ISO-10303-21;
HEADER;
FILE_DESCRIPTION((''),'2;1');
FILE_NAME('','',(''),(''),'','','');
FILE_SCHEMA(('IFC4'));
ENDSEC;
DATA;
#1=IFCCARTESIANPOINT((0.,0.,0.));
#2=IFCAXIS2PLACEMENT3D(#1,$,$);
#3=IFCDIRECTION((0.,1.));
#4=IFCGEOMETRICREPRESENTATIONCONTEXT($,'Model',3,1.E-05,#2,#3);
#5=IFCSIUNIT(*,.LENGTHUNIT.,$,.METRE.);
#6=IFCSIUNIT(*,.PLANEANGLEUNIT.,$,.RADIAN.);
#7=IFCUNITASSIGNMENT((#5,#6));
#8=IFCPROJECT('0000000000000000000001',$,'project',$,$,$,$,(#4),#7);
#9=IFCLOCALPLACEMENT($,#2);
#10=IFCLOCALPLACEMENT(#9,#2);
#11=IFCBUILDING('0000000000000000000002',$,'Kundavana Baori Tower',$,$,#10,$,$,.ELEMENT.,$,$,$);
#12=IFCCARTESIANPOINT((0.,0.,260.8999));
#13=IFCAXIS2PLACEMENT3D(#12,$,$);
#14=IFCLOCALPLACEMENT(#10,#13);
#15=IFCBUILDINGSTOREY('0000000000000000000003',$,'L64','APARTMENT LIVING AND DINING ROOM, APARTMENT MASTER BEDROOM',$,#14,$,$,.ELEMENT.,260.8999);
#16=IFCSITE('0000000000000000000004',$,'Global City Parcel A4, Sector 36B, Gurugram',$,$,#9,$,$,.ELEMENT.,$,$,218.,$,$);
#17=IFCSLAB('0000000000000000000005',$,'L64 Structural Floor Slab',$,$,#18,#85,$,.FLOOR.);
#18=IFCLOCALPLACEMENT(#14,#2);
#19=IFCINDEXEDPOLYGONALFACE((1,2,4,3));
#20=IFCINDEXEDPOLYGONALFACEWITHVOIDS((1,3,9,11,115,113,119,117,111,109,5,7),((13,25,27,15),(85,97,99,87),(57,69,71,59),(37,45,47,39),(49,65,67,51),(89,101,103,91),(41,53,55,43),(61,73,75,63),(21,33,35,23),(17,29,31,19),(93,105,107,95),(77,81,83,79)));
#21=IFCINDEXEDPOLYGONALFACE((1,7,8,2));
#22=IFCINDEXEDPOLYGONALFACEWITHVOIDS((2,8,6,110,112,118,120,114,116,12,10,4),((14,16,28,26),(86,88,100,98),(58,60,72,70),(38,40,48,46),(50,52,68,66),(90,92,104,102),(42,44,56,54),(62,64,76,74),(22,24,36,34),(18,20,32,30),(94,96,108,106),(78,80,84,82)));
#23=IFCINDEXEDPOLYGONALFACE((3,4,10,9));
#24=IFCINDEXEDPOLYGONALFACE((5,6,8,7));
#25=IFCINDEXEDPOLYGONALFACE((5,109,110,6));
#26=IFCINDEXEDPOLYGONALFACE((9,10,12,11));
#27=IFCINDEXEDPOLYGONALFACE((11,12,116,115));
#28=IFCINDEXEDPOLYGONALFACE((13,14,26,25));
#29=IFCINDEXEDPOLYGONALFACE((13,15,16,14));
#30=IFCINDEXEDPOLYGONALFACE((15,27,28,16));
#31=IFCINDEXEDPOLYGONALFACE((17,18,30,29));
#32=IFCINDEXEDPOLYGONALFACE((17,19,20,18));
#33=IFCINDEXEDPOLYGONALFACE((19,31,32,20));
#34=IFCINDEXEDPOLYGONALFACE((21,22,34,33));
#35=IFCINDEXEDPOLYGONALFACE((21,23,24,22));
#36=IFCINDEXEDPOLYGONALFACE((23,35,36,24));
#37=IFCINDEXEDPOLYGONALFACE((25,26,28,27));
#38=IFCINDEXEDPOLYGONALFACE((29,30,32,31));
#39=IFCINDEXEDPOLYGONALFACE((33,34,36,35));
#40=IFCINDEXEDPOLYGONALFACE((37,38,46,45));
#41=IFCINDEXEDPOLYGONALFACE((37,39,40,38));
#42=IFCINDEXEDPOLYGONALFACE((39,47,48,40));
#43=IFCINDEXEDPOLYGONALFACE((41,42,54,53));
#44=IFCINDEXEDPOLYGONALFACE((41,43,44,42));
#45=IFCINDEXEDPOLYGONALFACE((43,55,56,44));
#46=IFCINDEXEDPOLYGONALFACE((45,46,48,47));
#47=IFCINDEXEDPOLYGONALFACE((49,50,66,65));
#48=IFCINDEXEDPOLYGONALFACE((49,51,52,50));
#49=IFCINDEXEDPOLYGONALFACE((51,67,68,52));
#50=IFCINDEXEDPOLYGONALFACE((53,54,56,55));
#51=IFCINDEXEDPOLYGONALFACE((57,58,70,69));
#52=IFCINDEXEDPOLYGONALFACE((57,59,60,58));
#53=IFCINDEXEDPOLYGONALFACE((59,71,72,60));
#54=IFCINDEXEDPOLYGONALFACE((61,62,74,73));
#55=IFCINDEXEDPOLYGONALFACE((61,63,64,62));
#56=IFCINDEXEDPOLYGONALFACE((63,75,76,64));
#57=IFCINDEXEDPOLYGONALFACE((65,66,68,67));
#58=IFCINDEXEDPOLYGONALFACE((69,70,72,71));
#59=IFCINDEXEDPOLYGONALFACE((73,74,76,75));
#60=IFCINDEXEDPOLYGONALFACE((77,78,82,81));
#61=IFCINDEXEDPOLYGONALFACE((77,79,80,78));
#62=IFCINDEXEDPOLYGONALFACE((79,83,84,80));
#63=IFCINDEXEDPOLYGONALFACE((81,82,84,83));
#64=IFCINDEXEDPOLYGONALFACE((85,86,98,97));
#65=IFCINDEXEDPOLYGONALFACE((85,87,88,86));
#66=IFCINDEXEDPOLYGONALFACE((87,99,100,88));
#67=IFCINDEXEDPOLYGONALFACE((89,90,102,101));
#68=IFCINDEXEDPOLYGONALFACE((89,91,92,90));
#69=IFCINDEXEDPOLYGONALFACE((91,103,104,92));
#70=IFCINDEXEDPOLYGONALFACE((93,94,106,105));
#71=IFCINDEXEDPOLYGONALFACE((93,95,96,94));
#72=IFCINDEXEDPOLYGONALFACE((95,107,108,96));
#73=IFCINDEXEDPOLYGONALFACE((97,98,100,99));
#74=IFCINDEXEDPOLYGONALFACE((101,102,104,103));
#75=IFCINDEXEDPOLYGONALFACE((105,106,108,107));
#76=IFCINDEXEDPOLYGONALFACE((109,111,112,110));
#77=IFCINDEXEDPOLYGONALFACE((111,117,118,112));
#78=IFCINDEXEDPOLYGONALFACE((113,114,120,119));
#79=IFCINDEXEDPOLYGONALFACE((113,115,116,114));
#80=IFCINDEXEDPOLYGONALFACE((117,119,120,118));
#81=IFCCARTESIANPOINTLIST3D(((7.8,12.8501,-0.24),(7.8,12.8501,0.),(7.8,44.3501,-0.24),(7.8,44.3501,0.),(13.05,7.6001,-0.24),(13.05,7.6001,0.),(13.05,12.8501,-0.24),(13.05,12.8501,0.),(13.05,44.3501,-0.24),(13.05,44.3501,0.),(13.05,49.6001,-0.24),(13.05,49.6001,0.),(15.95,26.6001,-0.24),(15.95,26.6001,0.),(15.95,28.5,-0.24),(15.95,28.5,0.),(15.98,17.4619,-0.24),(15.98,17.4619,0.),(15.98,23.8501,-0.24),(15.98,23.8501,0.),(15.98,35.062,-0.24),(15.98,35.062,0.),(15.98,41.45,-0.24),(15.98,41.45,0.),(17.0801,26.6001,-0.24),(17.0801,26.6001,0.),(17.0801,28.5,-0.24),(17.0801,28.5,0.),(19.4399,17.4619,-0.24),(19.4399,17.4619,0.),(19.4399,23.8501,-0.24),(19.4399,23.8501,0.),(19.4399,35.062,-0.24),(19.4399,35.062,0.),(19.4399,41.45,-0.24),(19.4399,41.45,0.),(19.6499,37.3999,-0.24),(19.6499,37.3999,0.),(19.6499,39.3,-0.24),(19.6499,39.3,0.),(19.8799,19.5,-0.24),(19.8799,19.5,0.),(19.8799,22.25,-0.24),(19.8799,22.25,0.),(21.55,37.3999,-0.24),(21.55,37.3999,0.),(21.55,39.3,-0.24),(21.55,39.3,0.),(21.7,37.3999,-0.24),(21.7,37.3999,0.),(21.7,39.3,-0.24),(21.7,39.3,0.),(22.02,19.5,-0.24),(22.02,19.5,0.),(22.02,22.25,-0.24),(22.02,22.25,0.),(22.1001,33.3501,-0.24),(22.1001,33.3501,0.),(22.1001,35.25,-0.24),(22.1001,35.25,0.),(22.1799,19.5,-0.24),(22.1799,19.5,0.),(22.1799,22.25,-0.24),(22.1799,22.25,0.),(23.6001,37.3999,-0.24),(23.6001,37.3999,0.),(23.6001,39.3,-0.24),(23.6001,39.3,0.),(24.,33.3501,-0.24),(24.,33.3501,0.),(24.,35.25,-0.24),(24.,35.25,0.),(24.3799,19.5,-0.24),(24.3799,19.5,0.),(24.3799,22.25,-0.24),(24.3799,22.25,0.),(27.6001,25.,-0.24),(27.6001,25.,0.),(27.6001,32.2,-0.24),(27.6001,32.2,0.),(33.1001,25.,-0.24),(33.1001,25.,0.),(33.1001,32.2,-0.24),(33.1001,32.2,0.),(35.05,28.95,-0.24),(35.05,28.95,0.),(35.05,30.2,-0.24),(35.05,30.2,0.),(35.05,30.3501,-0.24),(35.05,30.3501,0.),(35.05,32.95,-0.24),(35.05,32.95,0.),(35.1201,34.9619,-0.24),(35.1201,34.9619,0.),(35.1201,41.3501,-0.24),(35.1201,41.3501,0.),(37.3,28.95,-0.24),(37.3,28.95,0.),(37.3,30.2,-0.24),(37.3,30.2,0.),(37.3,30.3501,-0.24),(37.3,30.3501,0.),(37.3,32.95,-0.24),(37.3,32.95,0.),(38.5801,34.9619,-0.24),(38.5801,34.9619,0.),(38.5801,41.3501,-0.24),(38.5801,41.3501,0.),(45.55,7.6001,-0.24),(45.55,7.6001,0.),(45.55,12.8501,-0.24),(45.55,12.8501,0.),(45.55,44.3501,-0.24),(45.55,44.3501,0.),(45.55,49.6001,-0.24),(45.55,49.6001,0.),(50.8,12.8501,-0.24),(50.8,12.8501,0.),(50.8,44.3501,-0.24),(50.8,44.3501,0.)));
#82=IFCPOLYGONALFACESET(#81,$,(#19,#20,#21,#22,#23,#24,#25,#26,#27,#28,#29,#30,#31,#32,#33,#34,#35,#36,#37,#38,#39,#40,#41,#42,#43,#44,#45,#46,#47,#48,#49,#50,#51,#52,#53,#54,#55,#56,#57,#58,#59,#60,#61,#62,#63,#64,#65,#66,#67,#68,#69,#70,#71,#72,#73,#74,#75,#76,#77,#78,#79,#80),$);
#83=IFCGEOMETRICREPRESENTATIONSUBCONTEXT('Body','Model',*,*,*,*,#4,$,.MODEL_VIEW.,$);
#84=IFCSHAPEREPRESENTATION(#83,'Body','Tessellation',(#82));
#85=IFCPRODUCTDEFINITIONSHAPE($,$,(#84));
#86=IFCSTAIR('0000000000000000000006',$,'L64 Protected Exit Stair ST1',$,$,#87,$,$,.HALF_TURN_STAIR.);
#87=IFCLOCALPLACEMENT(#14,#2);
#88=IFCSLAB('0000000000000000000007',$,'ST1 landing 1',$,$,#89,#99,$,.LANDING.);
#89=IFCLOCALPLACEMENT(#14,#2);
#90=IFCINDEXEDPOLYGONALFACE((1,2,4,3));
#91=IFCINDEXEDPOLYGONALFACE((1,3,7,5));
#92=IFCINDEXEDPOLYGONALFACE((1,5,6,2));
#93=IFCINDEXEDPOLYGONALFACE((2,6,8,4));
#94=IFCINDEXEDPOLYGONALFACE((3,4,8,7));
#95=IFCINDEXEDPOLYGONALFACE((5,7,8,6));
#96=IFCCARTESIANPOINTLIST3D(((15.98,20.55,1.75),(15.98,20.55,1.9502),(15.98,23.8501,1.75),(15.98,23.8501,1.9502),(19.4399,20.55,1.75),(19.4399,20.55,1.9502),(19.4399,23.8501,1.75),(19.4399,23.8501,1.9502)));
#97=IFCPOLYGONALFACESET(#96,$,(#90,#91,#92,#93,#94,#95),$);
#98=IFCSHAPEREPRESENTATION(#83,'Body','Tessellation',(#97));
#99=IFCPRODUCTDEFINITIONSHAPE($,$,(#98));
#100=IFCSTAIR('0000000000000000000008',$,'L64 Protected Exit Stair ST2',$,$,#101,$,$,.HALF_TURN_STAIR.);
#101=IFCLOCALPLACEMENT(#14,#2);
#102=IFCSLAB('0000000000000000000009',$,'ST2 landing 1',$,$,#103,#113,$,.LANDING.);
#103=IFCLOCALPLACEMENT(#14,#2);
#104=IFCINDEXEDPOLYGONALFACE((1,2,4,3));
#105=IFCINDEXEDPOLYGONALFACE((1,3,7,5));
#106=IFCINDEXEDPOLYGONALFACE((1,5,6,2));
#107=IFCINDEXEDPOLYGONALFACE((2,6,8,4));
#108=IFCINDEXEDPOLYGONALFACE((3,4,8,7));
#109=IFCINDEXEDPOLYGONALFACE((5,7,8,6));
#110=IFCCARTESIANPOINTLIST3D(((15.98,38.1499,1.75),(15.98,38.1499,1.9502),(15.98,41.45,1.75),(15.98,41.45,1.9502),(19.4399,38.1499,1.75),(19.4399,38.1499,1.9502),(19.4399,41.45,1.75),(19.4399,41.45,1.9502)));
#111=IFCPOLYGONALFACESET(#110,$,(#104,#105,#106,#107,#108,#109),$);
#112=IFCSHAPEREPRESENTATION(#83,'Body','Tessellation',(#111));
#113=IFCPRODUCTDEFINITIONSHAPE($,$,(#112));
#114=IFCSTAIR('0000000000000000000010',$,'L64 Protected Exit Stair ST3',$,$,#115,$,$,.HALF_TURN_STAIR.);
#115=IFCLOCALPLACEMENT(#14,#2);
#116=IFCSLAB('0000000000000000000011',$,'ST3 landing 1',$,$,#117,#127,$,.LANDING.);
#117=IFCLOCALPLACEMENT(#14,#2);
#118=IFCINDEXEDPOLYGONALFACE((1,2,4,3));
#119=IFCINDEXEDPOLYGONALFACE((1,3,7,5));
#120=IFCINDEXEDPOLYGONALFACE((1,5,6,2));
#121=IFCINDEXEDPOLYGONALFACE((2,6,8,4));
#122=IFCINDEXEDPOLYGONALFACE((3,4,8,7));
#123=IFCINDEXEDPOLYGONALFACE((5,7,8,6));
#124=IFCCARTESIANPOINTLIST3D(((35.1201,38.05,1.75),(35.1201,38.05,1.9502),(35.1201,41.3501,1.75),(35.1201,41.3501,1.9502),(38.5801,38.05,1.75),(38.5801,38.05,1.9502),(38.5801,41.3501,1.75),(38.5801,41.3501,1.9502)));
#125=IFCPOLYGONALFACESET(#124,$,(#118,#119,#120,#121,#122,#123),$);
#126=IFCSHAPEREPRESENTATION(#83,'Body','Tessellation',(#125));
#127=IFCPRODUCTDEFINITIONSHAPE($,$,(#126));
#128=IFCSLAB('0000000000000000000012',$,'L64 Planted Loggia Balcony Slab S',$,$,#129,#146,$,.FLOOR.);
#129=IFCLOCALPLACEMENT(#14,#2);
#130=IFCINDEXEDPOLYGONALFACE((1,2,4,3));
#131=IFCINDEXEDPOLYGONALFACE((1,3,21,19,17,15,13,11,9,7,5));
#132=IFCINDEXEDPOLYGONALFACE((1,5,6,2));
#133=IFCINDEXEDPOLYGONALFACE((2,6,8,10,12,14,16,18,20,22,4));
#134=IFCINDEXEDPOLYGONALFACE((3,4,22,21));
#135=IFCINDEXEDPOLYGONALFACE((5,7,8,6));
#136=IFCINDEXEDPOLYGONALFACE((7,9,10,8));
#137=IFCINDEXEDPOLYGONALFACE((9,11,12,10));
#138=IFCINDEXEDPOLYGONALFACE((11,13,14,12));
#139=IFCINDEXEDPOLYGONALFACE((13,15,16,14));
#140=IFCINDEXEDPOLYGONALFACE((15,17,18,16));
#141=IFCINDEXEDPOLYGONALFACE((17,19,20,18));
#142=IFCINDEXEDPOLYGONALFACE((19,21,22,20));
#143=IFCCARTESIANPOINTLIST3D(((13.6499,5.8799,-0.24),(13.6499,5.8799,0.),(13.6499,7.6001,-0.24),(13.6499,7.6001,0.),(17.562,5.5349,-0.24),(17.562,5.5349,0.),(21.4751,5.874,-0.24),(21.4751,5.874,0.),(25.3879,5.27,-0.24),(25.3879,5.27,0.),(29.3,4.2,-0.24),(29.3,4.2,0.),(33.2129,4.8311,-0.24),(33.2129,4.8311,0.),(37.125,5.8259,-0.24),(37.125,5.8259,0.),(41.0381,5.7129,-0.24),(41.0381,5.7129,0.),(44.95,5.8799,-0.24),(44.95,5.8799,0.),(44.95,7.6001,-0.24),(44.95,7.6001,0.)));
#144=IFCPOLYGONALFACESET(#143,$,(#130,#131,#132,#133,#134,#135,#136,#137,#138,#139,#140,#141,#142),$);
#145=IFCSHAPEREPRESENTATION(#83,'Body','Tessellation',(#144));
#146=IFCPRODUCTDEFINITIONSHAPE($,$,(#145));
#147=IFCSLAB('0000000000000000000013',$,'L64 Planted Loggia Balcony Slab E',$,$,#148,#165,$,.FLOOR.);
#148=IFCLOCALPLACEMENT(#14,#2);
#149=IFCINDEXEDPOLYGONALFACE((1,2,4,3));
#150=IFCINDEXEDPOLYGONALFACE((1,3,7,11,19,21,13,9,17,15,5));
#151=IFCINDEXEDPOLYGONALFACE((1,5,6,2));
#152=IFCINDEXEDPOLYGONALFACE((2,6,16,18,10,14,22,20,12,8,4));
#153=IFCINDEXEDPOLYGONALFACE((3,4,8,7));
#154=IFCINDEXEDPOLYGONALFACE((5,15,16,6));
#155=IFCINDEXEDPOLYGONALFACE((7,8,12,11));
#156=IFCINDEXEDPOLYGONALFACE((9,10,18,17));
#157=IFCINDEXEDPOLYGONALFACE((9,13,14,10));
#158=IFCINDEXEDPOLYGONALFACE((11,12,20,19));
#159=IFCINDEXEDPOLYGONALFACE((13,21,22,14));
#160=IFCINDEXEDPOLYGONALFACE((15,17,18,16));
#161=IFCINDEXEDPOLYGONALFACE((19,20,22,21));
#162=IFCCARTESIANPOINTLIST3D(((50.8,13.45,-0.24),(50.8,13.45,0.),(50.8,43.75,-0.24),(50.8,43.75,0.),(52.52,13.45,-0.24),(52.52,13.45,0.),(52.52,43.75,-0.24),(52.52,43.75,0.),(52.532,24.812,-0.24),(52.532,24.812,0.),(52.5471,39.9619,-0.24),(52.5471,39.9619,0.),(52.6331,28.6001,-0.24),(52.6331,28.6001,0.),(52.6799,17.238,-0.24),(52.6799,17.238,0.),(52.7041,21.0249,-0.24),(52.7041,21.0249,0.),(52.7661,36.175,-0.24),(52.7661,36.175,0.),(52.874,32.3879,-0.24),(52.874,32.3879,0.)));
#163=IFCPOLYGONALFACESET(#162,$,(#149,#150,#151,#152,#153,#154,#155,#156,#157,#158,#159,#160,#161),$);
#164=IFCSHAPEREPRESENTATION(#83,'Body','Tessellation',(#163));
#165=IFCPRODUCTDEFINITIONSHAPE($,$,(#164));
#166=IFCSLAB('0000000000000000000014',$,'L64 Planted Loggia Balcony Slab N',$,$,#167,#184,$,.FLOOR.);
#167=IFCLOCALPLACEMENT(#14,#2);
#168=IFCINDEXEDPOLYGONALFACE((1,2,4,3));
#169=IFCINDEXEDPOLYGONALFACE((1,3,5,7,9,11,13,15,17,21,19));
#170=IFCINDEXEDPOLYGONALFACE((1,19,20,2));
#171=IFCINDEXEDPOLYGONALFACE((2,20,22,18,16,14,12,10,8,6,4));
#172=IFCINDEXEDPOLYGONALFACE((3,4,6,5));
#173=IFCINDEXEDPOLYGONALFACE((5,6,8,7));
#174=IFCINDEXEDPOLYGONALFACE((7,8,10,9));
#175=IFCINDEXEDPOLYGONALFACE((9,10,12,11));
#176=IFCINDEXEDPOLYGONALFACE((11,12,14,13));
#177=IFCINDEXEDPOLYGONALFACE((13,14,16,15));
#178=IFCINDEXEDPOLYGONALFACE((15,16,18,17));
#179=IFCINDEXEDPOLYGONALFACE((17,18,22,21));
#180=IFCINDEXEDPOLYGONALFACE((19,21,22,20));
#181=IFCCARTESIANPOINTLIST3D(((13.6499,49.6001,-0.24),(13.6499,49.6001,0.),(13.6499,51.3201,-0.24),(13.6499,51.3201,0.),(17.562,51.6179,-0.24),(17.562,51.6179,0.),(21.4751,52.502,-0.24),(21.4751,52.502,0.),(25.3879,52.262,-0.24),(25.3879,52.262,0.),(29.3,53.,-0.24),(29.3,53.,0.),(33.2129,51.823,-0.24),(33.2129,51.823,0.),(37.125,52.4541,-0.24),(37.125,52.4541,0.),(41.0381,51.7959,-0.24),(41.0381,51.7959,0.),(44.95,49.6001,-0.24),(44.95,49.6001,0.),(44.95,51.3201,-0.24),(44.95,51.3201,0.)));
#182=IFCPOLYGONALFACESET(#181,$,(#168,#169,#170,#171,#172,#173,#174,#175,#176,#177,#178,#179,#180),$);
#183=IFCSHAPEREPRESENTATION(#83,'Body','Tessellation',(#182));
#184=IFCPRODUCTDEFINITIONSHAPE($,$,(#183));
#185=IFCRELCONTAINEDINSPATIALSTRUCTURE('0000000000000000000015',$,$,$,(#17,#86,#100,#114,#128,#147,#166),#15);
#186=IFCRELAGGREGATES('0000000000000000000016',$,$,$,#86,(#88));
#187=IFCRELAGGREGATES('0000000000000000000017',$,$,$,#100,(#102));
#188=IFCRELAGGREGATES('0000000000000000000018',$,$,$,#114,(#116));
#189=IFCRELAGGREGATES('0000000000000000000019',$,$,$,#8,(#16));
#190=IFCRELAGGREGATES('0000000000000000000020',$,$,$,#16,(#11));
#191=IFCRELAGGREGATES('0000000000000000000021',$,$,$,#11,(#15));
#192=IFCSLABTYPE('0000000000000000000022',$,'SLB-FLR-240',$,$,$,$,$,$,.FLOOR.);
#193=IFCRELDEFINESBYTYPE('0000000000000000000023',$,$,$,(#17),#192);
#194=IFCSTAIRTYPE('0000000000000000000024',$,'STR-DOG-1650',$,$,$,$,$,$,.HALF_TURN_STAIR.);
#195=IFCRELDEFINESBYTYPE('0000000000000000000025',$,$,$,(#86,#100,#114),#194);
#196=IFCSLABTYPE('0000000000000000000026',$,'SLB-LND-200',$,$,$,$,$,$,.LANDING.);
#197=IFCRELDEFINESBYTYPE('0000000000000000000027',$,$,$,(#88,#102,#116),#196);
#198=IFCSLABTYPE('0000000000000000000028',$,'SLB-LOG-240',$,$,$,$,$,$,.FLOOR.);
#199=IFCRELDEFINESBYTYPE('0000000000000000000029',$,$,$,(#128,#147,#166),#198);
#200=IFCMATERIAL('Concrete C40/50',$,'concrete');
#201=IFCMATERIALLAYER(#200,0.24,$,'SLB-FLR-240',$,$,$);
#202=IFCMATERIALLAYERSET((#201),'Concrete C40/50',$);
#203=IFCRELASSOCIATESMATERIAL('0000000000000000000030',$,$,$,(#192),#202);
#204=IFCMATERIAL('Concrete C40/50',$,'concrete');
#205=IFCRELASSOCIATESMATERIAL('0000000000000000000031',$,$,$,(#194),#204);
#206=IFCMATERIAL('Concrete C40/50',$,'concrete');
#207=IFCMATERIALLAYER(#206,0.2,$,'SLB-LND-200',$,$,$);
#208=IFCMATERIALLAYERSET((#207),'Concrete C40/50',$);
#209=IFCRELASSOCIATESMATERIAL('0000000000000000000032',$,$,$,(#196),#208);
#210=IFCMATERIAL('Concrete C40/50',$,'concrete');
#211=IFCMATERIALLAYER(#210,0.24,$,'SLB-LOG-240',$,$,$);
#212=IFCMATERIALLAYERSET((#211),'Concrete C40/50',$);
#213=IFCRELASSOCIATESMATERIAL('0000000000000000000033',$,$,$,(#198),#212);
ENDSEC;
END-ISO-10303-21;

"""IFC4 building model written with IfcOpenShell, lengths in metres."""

from ifc_helpers import new_model, si_unit, direction, frame, origin, place, context, subcontext, project, spatial, polyline, outline, extrude, material, layer, layer_set, type_object, element, aggregate, save


model = new_model("IFC4")

# Units and contexts
model_context = context("Model", 3, precision=1e-05, world=origin(), true_north=direction((0.0, 1.0)))
body_context = subcontext(model_context, "Body", "Model", "MODEL_VIEW")
ifc_project = project(units=[si_unit("LENGTHUNIT", "METRE"), si_unit("PLANEANGLEUNIT", "RADIAN")], contexts=[model_context])

# Site, building, storey
site_placement = place(None, origin())
site = spatial("IfcSite", under=ifc_project, at=site_placement, Name="Global City Parcel A4, Sector 36B, Gurugram", CompositionType="ELEMENT", RefElevation=218.0)
building_placement = place(site_placement, origin())
building = spatial("IfcBuilding", under=site, at=building_placement, Name="Kundavana Baori Tower", CompositionType="ELEMENT")
storey_placement = place(building_placement, frame((0.0, 0.0, 260.8999)))
storey = spatial("IfcBuildingStorey", under=building, at=storey_placement, Name="L64", Description="APARTMENT LIVING AND DINING ROOM, APARTMENT MASTER BEDROOM", CompositionType="ELEMENT", Elevation=260.8999)

# Slab
ifc_material_1 = material(Name="Concrete C40/50", Category="concrete")
ifc_layer_1 = layer(ifc_material_1, 0.24, Name="SLB-FLR-240")
ifc_layer_set_1 = layer_set([ifc_layer_1], Name="Concrete C40/50")
slab_type_1 = type_object("IfcSlabType", Name="SLB-FLR-240", PredefinedType="FLOOR", material=ifc_layer_set_1)
slab_1_placement = place(storey_placement, frame((0.0, 0.0, -0.24)))
element("IfcSlab", 1, at=slab_1_placement, inside=storey, type_object=slab_type_1, Name="L64 Structural Floor Slab", PredefinedType="FLOOR", context=body_context, shape_type="SweptSolid", body=[
    extrude(outline(polyline([(13.05, 7.6001), (45.55, 7.6001), (45.55, 12.8501), (50.8, 12.8501), (50.8, 44.3501), (45.55, 44.3501), (45.55, 49.6001), (13.05, 49.6001), (13.05, 44.3501), (7.8, 44.3501), (7.8, 12.8501), (13.05, 12.8501), (13.05, 7.6001)]), holes=[polyline([(19.4399, 17.4619), (19.4399, 23.8501), (15.98, 23.8501), (15.98, 17.4619), (19.4399, 17.4619)]), polyline([(19.4399, 35.062), (19.4399, 41.45), (15.98, 41.45), (15.98, 35.062), (19.4399, 35.062)]), polyline([(38.5801, 34.9619), (38.5801, 41.3501), (35.1201, 41.3501), (35.1201, 34.9619), (38.5801, 34.9619)]), polyline([(19.6499, 37.3999), (21.55, 37.3999), (21.55, 39.3), (19.6499, 39.3), (19.6499, 37.3999)]), polyline([(21.7, 37.3999), (23.6001, 37.3999), (23.6001, 39.3), (21.7, 39.3), (21.7, 37.3999)]), polyline([(22.1001, 33.3501), (24.0, 33.3501), (24.0, 35.25), (22.1001, 35.25), (22.1001, 33.3501)]), polyline([(19.8799, 19.5), (22.02, 19.5), (22.02, 22.25), (19.8799, 22.25), (19.8799, 19.5)]), polyline([(22.1799, 19.5), (24.3799, 19.5), (24.3799, 22.25), (22.1799, 22.25), (22.1799, 19.5)]), polyline([(35.05, 30.3501), (37.3, 30.3501), (37.3, 32.95), (35.05, 32.95), (35.05, 30.3501)]), polyline([(15.95, 26.6001), (17.0801, 26.6001), (17.0801, 28.5), (15.95, 28.5), (15.95, 26.6001)]), polyline([(35.05, 28.95), (37.3, 28.95), (37.3, 30.2), (35.05, 30.2), (35.05, 28.95)]), polyline([(27.6001, 25.0), (33.1001, 25.0), (33.1001, 32.2), (27.6001, 32.2), (27.6001, 25.0)])]), origin(), (0.0, 0.0, 1.0), 0.24),
])

# Stairs, slabs
ifc_material_2 = material(Name="Concrete C40/50", Category="concrete")
stair_type = type_object("IfcStairType", Name="STR-DOG-1650", PredefinedType="HALF_TURN_STAIR", material=ifc_material_2)
stair_1_placement = place(storey_placement, origin())
stair_1 = element("IfcStair", 2, at=stair_1_placement, inside=storey, type_object=stair_type, Name="L64 Protected Exit Stair ST1", PredefinedType="HALF_TURN_STAIR")
ifc_material_3 = material(Name="Concrete C40/50", Category="concrete")
ifc_layer_2 = layer(ifc_material_3, 0.2, Name="SLB-LND-200")
ifc_layer_set_2 = layer_set([ifc_layer_2], Name="Concrete C40/50")
slab_type_2 = type_object("IfcSlabType", Name="SLB-LND-200", PredefinedType="LANDING", material=ifc_layer_set_2)
slab_2_placement = place(storey_placement, frame((0.0, 0.0, 1.75)))
slab_2 = element("IfcSlab", 3, at=slab_2_placement, type_object=slab_type_2, Name="ST1 landing 1", PredefinedType="LANDING", context=body_context, shape_type="SweptSolid", body=[
    extrude(outline(polyline([(19.4399, 20.55), (19.4399, 23.8501), (15.98, 23.8501), (15.98, 20.55), (19.4399, 20.55)])), origin(), (0.0, 0.0, 1.0), 0.2002),
])
aggregate(stair_1, [slab_2])
stair_2_placement = place(storey_placement, origin())
stair_2 = element("IfcStair", 4, at=stair_2_placement, inside=storey, type_object=stair_type, Name="L64 Protected Exit Stair ST2", PredefinedType="HALF_TURN_STAIR")
slab_3_placement = place(storey_placement, frame((0.0, 0.0, 1.75)))
slab_3 = element("IfcSlab", 5, at=slab_3_placement, type_object=slab_type_2, Name="ST2 landing 1", PredefinedType="LANDING", context=body_context, shape_type="SweptSolid", body=[
    extrude(outline(polyline([(19.4399, 38.1499), (19.4399, 41.45), (15.98, 41.45), (15.98, 38.1499), (19.4399, 38.1499)])), origin(), (0.0, 0.0, 1.0), 0.2002),
])
aggregate(stair_2, [slab_3])
stair_3_placement = place(storey_placement, origin())
stair_3 = element("IfcStair", 6, at=stair_3_placement, inside=storey, type_object=stair_type, Name="L64 Protected Exit Stair ST3", PredefinedType="HALF_TURN_STAIR")
slab_4_placement = place(storey_placement, frame((0.0, 0.0, 1.75)))
slab_4 = element("IfcSlab", 7, at=slab_4_placement, type_object=slab_type_2, Name="ST3 landing 1", PredefinedType="LANDING", context=body_context, shape_type="SweptSolid", body=[
    extrude(outline(polyline([(38.5801, 38.05), (38.5801, 41.3501), (35.1201, 41.3501), (35.1201, 38.05), (38.5801, 38.05)])), origin(), (0.0, 0.0, 1.0), 0.2002),
])
aggregate(stair_3, [slab_4])

# Slabs
ifc_material_4 = material(Name="Concrete C40/50", Category="concrete")
ifc_layer_3 = layer(ifc_material_4, 0.24, Name="SLB-LOG-240")
ifc_layer_set_3 = layer_set([ifc_layer_3], Name="Concrete C40/50")
slab_type_3 = type_object("IfcSlabType", Name="SLB-LOG-240", PredefinedType="FLOOR", material=ifc_layer_set_3)
slab_5_placement = place(storey_placement, frame((0.0, 0.0, -0.24)))
element("IfcSlab", 8, at=slab_5_placement, inside=storey, type_object=slab_type_3, Name="L64 Planted Loggia Balcony Slab S", PredefinedType="FLOOR", context=body_context, shape_type="SweptSolid", body=[
    extrude(outline(polyline([(13.6499, 7.6001), (44.95, 7.6001), (44.95, 5.8799), (41.0381, 5.7129), (37.125, 5.8259), (33.2129, 4.8311), (29.3, 4.2), (25.3879, 5.27), (21.4751, 5.874), (17.562, 5.5349), (13.6499, 5.8799), (13.6499, 7.6001)])), origin(), (0.0, 0.0, 1.0), 0.24),
])
slab_6_placement = place(storey_placement, frame((0.0, 0.0, -0.24)))
element("IfcSlab", 9, at=slab_6_placement, inside=storey, type_object=slab_type_3, Name="L64 Planted Loggia Balcony Slab E", PredefinedType="FLOOR", context=body_context, shape_type="SweptSolid", body=[
    extrude(outline(polyline([(50.8, 13.45), (50.8, 43.75), (52.52, 43.75), (52.5471, 39.9619), (52.7661, 36.175), (52.874, 32.3879), (52.6331, 28.6001), (52.532, 24.812), (52.7041, 21.0249), (52.6799, 17.238), (52.52, 13.45), (50.8, 13.45)])), origin(), (0.0, 0.0, 1.0), 0.24),
])
slab_7_placement = place(storey_placement, frame((0.0, 0.0, -0.24)))
element("IfcSlab", 10, at=slab_7_placement, inside=storey, type_object=slab_type_3, Name="L64 Planted Loggia Balcony Slab N", PredefinedType="FLOOR", context=body_context, shape_type="SweptSolid", body=[
    extrude(outline(polyline([(44.95, 49.6001), (13.6499, 49.6001), (13.6499, 51.3201), (17.562, 51.6179), (21.4751, 52.502), (25.3879, 52.262), (29.3, 53.0), (33.2129, 51.823), (37.125, 52.4541), (41.0381, 51.7959), (44.95, 51.3201), (44.95, 49.6001)])), origin(), (0.0, 0.0, 1.0), 0.24),
])

save(model, "model.ifc")
